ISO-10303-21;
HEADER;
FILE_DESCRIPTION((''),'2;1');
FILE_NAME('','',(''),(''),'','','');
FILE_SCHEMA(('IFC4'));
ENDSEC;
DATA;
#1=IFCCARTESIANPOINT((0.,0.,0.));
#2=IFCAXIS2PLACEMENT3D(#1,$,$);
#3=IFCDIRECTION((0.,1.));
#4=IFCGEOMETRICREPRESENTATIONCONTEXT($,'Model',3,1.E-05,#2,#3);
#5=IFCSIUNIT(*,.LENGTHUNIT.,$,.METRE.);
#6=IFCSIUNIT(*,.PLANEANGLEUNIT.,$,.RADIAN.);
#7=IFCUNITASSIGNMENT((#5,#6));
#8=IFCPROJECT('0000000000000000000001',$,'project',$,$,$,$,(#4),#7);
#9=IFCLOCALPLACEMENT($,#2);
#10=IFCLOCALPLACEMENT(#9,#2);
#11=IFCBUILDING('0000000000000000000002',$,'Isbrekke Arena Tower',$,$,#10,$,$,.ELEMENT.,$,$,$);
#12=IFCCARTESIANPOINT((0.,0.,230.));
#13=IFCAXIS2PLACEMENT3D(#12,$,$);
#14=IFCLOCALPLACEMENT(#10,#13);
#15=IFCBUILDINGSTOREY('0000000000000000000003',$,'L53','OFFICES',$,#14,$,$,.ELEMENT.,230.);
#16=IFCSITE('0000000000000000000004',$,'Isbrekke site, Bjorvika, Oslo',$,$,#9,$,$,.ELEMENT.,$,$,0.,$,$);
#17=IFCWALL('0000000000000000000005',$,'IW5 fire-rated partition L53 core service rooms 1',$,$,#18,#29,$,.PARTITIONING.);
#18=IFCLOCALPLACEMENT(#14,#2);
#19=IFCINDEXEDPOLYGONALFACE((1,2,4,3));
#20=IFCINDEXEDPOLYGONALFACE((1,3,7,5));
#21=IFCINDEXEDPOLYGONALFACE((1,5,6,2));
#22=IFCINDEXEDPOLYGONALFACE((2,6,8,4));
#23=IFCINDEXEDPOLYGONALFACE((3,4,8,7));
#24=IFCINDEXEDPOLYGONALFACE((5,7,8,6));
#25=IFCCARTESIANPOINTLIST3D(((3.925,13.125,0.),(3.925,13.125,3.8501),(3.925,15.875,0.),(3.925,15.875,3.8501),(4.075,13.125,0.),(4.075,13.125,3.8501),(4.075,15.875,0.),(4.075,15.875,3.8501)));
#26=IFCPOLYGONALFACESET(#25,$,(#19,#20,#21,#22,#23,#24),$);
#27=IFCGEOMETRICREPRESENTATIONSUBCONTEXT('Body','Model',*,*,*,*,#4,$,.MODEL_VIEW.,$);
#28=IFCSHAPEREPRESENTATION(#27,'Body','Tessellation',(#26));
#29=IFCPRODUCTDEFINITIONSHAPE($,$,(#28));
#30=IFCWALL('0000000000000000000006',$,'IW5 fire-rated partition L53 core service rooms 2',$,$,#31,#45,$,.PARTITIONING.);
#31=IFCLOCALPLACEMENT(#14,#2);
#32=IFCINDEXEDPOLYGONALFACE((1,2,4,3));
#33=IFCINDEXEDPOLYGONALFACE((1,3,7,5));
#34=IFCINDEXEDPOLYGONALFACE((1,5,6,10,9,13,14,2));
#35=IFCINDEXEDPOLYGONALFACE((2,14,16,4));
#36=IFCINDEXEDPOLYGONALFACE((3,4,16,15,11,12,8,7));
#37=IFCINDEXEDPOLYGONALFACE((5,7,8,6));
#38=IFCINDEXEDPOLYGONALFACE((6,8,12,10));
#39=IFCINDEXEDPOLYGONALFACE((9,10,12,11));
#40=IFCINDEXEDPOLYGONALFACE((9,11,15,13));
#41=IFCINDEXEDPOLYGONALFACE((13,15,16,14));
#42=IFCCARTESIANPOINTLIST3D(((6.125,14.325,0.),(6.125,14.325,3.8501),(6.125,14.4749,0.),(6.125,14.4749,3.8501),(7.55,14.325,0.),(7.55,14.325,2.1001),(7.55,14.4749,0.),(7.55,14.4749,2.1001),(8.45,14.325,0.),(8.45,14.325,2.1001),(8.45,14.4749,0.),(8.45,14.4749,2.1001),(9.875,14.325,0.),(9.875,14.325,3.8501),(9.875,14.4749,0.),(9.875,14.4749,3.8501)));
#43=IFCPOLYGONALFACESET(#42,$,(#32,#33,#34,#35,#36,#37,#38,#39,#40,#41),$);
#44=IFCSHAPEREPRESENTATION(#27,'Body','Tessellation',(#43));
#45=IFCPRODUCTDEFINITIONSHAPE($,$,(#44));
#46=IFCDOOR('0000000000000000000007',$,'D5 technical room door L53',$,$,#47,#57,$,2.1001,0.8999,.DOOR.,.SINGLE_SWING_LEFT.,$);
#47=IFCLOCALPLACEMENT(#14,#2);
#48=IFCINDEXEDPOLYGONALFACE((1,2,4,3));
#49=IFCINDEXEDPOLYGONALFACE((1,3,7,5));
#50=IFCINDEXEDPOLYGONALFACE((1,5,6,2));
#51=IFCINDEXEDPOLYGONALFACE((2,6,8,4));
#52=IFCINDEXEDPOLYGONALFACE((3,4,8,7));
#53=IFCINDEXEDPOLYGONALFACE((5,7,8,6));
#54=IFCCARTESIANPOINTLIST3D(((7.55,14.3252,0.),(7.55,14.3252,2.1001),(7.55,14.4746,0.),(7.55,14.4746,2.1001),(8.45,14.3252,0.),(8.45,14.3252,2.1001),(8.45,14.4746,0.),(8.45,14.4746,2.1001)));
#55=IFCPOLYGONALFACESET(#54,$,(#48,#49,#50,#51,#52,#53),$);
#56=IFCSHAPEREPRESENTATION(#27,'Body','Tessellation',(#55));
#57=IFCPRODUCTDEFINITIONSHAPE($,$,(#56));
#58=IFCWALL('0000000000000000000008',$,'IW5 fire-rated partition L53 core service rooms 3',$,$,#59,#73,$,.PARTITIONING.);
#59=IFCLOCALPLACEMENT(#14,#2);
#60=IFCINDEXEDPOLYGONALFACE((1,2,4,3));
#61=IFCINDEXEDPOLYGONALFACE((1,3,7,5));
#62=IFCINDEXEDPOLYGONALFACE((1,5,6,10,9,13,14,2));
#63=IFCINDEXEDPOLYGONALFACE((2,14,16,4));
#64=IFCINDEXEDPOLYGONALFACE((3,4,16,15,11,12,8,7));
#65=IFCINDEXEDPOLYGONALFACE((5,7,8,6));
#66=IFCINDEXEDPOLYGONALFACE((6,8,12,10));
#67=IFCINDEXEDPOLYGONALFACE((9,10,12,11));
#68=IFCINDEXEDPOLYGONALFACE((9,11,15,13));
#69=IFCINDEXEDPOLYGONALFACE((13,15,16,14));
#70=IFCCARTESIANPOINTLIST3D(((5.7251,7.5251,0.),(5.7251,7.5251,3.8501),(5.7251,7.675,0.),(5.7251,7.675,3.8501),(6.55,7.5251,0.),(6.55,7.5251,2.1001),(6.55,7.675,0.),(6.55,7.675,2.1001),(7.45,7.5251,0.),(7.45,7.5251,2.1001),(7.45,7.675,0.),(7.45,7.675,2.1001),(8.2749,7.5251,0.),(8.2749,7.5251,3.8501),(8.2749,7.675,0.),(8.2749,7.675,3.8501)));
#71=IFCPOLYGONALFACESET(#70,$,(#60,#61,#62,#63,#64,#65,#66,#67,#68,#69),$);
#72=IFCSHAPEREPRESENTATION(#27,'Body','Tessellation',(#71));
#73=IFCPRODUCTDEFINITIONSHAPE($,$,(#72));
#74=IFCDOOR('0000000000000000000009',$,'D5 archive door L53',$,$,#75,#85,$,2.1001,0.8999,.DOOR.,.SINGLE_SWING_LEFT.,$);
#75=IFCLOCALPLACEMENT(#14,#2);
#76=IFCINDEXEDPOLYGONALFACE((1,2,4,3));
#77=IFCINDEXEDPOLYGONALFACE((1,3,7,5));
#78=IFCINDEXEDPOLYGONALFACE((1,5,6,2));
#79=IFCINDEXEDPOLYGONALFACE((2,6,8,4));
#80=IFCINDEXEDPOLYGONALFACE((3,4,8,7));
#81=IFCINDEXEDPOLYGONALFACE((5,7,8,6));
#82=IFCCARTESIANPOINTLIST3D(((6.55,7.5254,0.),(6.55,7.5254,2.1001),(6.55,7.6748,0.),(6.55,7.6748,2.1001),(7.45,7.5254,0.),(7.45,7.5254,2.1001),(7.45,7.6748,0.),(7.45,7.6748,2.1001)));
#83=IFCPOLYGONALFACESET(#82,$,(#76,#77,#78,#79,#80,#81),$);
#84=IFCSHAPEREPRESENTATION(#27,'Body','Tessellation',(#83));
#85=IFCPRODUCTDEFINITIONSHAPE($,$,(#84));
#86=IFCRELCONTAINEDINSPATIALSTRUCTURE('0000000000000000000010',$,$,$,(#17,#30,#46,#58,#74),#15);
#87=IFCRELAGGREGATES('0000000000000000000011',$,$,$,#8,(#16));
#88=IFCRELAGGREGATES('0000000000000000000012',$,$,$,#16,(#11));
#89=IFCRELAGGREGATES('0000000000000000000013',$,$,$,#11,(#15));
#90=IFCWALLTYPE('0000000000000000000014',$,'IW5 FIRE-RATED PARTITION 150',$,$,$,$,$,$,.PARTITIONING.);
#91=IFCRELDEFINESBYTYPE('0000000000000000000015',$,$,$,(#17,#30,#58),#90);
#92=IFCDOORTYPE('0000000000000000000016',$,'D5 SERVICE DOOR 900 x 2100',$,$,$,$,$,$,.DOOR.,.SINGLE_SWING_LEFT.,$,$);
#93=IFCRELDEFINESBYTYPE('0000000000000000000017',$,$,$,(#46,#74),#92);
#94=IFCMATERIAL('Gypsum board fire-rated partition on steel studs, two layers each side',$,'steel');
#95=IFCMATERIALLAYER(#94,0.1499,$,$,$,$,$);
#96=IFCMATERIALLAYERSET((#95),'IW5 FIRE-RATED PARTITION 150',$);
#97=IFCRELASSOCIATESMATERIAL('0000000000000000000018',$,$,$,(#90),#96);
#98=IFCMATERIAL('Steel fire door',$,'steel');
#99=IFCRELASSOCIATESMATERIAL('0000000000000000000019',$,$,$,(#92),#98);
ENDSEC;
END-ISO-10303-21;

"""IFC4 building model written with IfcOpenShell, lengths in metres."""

from ifc_helpers import new_model, si_unit, direction, frame, frame_2d, origin, place, context, subcontext, project, spatial, rectangle, extrude, material, layer, layer_set, type_object, element, fill, save


model = new_model("IFC4")

# Units and contexts
model_context = context("Model", 3, precision=1e-05, world=origin(), true_north=direction((0.0, 1.0)))
body_context = subcontext(model_context, "Body", "Model", "MODEL_VIEW")
ifc_project = project(units=[si_unit("LENGTHUNIT", "METRE"), si_unit("PLANEANGLEUNIT", "RADIAN")], contexts=[model_context])

# Site, building, storey
site_placement = place(None, origin())
site = spatial("IfcSite", under=ifc_project, at=site_placement, Name="Isbrekke site, Bjorvika, Oslo", CompositionType="ELEMENT", RefElevation=0.0)
building_placement = place(site_placement, origin())
building = spatial("IfcBuilding", under=site, at=building_placement, Name="Isbrekke Arena Tower", CompositionType="ELEMENT")
storey_placement = place(building_placement, frame((0.0, 0.0, 230.0)))
storey = spatial("IfcBuildingStorey", under=building, at=storey_placement, Name="L53", Description="OFFICES", CompositionType="ELEMENT", Elevation=230.0)

# Wall
ifc_material_1 = material(Name="Gypsum board fire-rated partition on steel studs, two layers each side", Category="steel")
ifc_layer_1 = layer(ifc_material_1, 0.1499)
ifc_layer_set_1 = layer_set([ifc_layer_1], Name="IW5 FIRE-RATED PARTITION 150")
wall_type_1 = type_object("IfcWallType", Name="IW5 FIRE-RATED PARTITION 150", PredefinedType="PARTITIONING", material=ifc_layer_set_1)
wall_1_placement = place(storey_placement, frame((4.0, 13.125, 0.0), z_axis=(0.0, 0.0, 1.0), x_axis=(0.0, 1.0, 0.0)))
element("IfcWall", 1, at=wall_1_placement, inside=storey, type_object=wall_type_1, Name="IW5 fire-rated partition L53 core service rooms 1", PredefinedType="PARTITIONING", context=body_context, shape_type="SweptSolid", body=[
    extrude(rectangle(XDim=2.75, YDim=0.1499, at=frame_2d((1.375, 0.0))), origin(), (0.0, 0.0, 1.0), 3.8501),
])

# Walls, openings, doors
wall_2_placement = place(storey_placement, frame((6.125, 14.3999, 0.0), z_axis=(0.0, 0.0, 1.0), x_axis=(1.0, 0.0, 0.0)))
wall_2 = element("IfcWall", 2, at=wall_2_placement, inside=storey, type_object=wall_type_1, Name="IW5 fire-rated partition L53 core service rooms 2", PredefinedType="PARTITIONING", context=body_context, shape_type="SweptSolid", body=[
    extrude(rectangle(XDim=3.75, YDim=0.1499, at=frame_2d((1.875, 0.0))), origin(), (0.0, 0.0, 1.0), 3.8501),
])
opening_1_placement = place(wall_2_placement, frame((1.425, 0.0, 0.0)))
opening_1 = element("IfcOpeningElement", 3, at=opening_1_placement, cuts=wall_2, PredefinedType="OPENING", context=body_context, shape_type="SweptSolid", body=[
    extrude(rectangle(XDim=0.8999, YDim=2.1001, at=frame_2d((0.45, 1.05))), frame((0.0, 0.0898, 0.0), z_axis=(0.0, -1.0, 0.0), x_axis=(1.0, 0.0, 0.0)), (0.0, 0.0, 1.0), 0.1797),
])
ifc_material_2 = material(Name="Steel fire door", Category="steel")
door_type_1 = type_object("IfcDoorType", Name="D5 SERVICE DOOR 900 x 2100", OperationType="SINGLE_SWING_LEFT", PredefinedType="DOOR", material=ifc_material_2)
door_1_placement = place(opening_1_placement, origin())
door_1 = element("IfcDoor", 4, at=door_1_placement, inside=storey, type_object=door_type_1, Name="D5 technical room door L53", OperationType="SINGLE_SWING_LEFT", OverallHeight=2.1001, OverallWidth=0.8999, PredefinedType="DOOR", context=body_context, shape_type="SweptSolid", body=[
    extrude(rectangle(XDim=0.8999, YDim=2.1001, at=frame_2d((0.45, 1.05))), frame((0.0, 0.0747, 0.0), z_axis=(0.0, -1.0, 0.0), x_axis=(1.0, 0.0, 0.0)), (0.0, 0.0, 1.0), 0.1494),
])
fill(opening_1, door_1)
wall_3_placement = place(storey_placement, frame((5.7251, 7.6001, 0.0), z_axis=(0.0, 0.0, 1.0), x_axis=(1.0, 0.0, 0.0)))
wall_3 = element("IfcWall", 5, at=wall_3_placement, inside=storey, type_object=wall_type_1, Name="IW5 fire-rated partition L53 core service rooms 3", PredefinedType="PARTITIONING", context=body_context, shape_type="SweptSolid", body=[
    extrude(rectangle(XDim=2.5498, YDim=0.1499, at=frame_2d((1.2749, 0.0))), origin(), (0.0, 0.0, 1.0), 3.8501),
])
opening_2_placement = place(wall_3_placement, frame((0.825, 0.0, 0.0)))
opening_2 = element("IfcOpeningElement", 6, at=opening_2_placement, cuts=wall_3, PredefinedType="OPENING", context=body_context, shape_type="SweptSolid", body=[
    extrude(rectangle(XDim=0.8999, YDim=2.1001, at=frame_2d((0.45, 1.05))), frame((0.0, 0.0898, 0.0), z_axis=(0.0, -1.0, 0.0), x_axis=(1.0, 0.0, 0.0)), (0.0, 0.0, 1.0), 0.1797),
])
door_2_placement = place(opening_2_placement, origin())
door_2 = element("IfcDoor", 7, at=door_2_placement, inside=storey, type_object=door_type_1, Name="D5 archive door L53", OperationType="SINGLE_SWING_LEFT", OverallHeight=2.1001, OverallWidth=0.8999, PredefinedType="DOOR", context=body_context, shape_type="SweptSolid", body=[
    extrude(rectangle(XDim=0.8999, YDim=2.1001, at=frame_2d((0.45, 1.05))), frame((0.0, 0.0747, 0.0), z_axis=(0.0, -1.0, 0.0), x_axis=(1.0, 0.0, 0.0)), (0.0, 0.0, 1.0), 0.1494),
])
fill(opening_2, door_2)

save(model, "model.ifc")
